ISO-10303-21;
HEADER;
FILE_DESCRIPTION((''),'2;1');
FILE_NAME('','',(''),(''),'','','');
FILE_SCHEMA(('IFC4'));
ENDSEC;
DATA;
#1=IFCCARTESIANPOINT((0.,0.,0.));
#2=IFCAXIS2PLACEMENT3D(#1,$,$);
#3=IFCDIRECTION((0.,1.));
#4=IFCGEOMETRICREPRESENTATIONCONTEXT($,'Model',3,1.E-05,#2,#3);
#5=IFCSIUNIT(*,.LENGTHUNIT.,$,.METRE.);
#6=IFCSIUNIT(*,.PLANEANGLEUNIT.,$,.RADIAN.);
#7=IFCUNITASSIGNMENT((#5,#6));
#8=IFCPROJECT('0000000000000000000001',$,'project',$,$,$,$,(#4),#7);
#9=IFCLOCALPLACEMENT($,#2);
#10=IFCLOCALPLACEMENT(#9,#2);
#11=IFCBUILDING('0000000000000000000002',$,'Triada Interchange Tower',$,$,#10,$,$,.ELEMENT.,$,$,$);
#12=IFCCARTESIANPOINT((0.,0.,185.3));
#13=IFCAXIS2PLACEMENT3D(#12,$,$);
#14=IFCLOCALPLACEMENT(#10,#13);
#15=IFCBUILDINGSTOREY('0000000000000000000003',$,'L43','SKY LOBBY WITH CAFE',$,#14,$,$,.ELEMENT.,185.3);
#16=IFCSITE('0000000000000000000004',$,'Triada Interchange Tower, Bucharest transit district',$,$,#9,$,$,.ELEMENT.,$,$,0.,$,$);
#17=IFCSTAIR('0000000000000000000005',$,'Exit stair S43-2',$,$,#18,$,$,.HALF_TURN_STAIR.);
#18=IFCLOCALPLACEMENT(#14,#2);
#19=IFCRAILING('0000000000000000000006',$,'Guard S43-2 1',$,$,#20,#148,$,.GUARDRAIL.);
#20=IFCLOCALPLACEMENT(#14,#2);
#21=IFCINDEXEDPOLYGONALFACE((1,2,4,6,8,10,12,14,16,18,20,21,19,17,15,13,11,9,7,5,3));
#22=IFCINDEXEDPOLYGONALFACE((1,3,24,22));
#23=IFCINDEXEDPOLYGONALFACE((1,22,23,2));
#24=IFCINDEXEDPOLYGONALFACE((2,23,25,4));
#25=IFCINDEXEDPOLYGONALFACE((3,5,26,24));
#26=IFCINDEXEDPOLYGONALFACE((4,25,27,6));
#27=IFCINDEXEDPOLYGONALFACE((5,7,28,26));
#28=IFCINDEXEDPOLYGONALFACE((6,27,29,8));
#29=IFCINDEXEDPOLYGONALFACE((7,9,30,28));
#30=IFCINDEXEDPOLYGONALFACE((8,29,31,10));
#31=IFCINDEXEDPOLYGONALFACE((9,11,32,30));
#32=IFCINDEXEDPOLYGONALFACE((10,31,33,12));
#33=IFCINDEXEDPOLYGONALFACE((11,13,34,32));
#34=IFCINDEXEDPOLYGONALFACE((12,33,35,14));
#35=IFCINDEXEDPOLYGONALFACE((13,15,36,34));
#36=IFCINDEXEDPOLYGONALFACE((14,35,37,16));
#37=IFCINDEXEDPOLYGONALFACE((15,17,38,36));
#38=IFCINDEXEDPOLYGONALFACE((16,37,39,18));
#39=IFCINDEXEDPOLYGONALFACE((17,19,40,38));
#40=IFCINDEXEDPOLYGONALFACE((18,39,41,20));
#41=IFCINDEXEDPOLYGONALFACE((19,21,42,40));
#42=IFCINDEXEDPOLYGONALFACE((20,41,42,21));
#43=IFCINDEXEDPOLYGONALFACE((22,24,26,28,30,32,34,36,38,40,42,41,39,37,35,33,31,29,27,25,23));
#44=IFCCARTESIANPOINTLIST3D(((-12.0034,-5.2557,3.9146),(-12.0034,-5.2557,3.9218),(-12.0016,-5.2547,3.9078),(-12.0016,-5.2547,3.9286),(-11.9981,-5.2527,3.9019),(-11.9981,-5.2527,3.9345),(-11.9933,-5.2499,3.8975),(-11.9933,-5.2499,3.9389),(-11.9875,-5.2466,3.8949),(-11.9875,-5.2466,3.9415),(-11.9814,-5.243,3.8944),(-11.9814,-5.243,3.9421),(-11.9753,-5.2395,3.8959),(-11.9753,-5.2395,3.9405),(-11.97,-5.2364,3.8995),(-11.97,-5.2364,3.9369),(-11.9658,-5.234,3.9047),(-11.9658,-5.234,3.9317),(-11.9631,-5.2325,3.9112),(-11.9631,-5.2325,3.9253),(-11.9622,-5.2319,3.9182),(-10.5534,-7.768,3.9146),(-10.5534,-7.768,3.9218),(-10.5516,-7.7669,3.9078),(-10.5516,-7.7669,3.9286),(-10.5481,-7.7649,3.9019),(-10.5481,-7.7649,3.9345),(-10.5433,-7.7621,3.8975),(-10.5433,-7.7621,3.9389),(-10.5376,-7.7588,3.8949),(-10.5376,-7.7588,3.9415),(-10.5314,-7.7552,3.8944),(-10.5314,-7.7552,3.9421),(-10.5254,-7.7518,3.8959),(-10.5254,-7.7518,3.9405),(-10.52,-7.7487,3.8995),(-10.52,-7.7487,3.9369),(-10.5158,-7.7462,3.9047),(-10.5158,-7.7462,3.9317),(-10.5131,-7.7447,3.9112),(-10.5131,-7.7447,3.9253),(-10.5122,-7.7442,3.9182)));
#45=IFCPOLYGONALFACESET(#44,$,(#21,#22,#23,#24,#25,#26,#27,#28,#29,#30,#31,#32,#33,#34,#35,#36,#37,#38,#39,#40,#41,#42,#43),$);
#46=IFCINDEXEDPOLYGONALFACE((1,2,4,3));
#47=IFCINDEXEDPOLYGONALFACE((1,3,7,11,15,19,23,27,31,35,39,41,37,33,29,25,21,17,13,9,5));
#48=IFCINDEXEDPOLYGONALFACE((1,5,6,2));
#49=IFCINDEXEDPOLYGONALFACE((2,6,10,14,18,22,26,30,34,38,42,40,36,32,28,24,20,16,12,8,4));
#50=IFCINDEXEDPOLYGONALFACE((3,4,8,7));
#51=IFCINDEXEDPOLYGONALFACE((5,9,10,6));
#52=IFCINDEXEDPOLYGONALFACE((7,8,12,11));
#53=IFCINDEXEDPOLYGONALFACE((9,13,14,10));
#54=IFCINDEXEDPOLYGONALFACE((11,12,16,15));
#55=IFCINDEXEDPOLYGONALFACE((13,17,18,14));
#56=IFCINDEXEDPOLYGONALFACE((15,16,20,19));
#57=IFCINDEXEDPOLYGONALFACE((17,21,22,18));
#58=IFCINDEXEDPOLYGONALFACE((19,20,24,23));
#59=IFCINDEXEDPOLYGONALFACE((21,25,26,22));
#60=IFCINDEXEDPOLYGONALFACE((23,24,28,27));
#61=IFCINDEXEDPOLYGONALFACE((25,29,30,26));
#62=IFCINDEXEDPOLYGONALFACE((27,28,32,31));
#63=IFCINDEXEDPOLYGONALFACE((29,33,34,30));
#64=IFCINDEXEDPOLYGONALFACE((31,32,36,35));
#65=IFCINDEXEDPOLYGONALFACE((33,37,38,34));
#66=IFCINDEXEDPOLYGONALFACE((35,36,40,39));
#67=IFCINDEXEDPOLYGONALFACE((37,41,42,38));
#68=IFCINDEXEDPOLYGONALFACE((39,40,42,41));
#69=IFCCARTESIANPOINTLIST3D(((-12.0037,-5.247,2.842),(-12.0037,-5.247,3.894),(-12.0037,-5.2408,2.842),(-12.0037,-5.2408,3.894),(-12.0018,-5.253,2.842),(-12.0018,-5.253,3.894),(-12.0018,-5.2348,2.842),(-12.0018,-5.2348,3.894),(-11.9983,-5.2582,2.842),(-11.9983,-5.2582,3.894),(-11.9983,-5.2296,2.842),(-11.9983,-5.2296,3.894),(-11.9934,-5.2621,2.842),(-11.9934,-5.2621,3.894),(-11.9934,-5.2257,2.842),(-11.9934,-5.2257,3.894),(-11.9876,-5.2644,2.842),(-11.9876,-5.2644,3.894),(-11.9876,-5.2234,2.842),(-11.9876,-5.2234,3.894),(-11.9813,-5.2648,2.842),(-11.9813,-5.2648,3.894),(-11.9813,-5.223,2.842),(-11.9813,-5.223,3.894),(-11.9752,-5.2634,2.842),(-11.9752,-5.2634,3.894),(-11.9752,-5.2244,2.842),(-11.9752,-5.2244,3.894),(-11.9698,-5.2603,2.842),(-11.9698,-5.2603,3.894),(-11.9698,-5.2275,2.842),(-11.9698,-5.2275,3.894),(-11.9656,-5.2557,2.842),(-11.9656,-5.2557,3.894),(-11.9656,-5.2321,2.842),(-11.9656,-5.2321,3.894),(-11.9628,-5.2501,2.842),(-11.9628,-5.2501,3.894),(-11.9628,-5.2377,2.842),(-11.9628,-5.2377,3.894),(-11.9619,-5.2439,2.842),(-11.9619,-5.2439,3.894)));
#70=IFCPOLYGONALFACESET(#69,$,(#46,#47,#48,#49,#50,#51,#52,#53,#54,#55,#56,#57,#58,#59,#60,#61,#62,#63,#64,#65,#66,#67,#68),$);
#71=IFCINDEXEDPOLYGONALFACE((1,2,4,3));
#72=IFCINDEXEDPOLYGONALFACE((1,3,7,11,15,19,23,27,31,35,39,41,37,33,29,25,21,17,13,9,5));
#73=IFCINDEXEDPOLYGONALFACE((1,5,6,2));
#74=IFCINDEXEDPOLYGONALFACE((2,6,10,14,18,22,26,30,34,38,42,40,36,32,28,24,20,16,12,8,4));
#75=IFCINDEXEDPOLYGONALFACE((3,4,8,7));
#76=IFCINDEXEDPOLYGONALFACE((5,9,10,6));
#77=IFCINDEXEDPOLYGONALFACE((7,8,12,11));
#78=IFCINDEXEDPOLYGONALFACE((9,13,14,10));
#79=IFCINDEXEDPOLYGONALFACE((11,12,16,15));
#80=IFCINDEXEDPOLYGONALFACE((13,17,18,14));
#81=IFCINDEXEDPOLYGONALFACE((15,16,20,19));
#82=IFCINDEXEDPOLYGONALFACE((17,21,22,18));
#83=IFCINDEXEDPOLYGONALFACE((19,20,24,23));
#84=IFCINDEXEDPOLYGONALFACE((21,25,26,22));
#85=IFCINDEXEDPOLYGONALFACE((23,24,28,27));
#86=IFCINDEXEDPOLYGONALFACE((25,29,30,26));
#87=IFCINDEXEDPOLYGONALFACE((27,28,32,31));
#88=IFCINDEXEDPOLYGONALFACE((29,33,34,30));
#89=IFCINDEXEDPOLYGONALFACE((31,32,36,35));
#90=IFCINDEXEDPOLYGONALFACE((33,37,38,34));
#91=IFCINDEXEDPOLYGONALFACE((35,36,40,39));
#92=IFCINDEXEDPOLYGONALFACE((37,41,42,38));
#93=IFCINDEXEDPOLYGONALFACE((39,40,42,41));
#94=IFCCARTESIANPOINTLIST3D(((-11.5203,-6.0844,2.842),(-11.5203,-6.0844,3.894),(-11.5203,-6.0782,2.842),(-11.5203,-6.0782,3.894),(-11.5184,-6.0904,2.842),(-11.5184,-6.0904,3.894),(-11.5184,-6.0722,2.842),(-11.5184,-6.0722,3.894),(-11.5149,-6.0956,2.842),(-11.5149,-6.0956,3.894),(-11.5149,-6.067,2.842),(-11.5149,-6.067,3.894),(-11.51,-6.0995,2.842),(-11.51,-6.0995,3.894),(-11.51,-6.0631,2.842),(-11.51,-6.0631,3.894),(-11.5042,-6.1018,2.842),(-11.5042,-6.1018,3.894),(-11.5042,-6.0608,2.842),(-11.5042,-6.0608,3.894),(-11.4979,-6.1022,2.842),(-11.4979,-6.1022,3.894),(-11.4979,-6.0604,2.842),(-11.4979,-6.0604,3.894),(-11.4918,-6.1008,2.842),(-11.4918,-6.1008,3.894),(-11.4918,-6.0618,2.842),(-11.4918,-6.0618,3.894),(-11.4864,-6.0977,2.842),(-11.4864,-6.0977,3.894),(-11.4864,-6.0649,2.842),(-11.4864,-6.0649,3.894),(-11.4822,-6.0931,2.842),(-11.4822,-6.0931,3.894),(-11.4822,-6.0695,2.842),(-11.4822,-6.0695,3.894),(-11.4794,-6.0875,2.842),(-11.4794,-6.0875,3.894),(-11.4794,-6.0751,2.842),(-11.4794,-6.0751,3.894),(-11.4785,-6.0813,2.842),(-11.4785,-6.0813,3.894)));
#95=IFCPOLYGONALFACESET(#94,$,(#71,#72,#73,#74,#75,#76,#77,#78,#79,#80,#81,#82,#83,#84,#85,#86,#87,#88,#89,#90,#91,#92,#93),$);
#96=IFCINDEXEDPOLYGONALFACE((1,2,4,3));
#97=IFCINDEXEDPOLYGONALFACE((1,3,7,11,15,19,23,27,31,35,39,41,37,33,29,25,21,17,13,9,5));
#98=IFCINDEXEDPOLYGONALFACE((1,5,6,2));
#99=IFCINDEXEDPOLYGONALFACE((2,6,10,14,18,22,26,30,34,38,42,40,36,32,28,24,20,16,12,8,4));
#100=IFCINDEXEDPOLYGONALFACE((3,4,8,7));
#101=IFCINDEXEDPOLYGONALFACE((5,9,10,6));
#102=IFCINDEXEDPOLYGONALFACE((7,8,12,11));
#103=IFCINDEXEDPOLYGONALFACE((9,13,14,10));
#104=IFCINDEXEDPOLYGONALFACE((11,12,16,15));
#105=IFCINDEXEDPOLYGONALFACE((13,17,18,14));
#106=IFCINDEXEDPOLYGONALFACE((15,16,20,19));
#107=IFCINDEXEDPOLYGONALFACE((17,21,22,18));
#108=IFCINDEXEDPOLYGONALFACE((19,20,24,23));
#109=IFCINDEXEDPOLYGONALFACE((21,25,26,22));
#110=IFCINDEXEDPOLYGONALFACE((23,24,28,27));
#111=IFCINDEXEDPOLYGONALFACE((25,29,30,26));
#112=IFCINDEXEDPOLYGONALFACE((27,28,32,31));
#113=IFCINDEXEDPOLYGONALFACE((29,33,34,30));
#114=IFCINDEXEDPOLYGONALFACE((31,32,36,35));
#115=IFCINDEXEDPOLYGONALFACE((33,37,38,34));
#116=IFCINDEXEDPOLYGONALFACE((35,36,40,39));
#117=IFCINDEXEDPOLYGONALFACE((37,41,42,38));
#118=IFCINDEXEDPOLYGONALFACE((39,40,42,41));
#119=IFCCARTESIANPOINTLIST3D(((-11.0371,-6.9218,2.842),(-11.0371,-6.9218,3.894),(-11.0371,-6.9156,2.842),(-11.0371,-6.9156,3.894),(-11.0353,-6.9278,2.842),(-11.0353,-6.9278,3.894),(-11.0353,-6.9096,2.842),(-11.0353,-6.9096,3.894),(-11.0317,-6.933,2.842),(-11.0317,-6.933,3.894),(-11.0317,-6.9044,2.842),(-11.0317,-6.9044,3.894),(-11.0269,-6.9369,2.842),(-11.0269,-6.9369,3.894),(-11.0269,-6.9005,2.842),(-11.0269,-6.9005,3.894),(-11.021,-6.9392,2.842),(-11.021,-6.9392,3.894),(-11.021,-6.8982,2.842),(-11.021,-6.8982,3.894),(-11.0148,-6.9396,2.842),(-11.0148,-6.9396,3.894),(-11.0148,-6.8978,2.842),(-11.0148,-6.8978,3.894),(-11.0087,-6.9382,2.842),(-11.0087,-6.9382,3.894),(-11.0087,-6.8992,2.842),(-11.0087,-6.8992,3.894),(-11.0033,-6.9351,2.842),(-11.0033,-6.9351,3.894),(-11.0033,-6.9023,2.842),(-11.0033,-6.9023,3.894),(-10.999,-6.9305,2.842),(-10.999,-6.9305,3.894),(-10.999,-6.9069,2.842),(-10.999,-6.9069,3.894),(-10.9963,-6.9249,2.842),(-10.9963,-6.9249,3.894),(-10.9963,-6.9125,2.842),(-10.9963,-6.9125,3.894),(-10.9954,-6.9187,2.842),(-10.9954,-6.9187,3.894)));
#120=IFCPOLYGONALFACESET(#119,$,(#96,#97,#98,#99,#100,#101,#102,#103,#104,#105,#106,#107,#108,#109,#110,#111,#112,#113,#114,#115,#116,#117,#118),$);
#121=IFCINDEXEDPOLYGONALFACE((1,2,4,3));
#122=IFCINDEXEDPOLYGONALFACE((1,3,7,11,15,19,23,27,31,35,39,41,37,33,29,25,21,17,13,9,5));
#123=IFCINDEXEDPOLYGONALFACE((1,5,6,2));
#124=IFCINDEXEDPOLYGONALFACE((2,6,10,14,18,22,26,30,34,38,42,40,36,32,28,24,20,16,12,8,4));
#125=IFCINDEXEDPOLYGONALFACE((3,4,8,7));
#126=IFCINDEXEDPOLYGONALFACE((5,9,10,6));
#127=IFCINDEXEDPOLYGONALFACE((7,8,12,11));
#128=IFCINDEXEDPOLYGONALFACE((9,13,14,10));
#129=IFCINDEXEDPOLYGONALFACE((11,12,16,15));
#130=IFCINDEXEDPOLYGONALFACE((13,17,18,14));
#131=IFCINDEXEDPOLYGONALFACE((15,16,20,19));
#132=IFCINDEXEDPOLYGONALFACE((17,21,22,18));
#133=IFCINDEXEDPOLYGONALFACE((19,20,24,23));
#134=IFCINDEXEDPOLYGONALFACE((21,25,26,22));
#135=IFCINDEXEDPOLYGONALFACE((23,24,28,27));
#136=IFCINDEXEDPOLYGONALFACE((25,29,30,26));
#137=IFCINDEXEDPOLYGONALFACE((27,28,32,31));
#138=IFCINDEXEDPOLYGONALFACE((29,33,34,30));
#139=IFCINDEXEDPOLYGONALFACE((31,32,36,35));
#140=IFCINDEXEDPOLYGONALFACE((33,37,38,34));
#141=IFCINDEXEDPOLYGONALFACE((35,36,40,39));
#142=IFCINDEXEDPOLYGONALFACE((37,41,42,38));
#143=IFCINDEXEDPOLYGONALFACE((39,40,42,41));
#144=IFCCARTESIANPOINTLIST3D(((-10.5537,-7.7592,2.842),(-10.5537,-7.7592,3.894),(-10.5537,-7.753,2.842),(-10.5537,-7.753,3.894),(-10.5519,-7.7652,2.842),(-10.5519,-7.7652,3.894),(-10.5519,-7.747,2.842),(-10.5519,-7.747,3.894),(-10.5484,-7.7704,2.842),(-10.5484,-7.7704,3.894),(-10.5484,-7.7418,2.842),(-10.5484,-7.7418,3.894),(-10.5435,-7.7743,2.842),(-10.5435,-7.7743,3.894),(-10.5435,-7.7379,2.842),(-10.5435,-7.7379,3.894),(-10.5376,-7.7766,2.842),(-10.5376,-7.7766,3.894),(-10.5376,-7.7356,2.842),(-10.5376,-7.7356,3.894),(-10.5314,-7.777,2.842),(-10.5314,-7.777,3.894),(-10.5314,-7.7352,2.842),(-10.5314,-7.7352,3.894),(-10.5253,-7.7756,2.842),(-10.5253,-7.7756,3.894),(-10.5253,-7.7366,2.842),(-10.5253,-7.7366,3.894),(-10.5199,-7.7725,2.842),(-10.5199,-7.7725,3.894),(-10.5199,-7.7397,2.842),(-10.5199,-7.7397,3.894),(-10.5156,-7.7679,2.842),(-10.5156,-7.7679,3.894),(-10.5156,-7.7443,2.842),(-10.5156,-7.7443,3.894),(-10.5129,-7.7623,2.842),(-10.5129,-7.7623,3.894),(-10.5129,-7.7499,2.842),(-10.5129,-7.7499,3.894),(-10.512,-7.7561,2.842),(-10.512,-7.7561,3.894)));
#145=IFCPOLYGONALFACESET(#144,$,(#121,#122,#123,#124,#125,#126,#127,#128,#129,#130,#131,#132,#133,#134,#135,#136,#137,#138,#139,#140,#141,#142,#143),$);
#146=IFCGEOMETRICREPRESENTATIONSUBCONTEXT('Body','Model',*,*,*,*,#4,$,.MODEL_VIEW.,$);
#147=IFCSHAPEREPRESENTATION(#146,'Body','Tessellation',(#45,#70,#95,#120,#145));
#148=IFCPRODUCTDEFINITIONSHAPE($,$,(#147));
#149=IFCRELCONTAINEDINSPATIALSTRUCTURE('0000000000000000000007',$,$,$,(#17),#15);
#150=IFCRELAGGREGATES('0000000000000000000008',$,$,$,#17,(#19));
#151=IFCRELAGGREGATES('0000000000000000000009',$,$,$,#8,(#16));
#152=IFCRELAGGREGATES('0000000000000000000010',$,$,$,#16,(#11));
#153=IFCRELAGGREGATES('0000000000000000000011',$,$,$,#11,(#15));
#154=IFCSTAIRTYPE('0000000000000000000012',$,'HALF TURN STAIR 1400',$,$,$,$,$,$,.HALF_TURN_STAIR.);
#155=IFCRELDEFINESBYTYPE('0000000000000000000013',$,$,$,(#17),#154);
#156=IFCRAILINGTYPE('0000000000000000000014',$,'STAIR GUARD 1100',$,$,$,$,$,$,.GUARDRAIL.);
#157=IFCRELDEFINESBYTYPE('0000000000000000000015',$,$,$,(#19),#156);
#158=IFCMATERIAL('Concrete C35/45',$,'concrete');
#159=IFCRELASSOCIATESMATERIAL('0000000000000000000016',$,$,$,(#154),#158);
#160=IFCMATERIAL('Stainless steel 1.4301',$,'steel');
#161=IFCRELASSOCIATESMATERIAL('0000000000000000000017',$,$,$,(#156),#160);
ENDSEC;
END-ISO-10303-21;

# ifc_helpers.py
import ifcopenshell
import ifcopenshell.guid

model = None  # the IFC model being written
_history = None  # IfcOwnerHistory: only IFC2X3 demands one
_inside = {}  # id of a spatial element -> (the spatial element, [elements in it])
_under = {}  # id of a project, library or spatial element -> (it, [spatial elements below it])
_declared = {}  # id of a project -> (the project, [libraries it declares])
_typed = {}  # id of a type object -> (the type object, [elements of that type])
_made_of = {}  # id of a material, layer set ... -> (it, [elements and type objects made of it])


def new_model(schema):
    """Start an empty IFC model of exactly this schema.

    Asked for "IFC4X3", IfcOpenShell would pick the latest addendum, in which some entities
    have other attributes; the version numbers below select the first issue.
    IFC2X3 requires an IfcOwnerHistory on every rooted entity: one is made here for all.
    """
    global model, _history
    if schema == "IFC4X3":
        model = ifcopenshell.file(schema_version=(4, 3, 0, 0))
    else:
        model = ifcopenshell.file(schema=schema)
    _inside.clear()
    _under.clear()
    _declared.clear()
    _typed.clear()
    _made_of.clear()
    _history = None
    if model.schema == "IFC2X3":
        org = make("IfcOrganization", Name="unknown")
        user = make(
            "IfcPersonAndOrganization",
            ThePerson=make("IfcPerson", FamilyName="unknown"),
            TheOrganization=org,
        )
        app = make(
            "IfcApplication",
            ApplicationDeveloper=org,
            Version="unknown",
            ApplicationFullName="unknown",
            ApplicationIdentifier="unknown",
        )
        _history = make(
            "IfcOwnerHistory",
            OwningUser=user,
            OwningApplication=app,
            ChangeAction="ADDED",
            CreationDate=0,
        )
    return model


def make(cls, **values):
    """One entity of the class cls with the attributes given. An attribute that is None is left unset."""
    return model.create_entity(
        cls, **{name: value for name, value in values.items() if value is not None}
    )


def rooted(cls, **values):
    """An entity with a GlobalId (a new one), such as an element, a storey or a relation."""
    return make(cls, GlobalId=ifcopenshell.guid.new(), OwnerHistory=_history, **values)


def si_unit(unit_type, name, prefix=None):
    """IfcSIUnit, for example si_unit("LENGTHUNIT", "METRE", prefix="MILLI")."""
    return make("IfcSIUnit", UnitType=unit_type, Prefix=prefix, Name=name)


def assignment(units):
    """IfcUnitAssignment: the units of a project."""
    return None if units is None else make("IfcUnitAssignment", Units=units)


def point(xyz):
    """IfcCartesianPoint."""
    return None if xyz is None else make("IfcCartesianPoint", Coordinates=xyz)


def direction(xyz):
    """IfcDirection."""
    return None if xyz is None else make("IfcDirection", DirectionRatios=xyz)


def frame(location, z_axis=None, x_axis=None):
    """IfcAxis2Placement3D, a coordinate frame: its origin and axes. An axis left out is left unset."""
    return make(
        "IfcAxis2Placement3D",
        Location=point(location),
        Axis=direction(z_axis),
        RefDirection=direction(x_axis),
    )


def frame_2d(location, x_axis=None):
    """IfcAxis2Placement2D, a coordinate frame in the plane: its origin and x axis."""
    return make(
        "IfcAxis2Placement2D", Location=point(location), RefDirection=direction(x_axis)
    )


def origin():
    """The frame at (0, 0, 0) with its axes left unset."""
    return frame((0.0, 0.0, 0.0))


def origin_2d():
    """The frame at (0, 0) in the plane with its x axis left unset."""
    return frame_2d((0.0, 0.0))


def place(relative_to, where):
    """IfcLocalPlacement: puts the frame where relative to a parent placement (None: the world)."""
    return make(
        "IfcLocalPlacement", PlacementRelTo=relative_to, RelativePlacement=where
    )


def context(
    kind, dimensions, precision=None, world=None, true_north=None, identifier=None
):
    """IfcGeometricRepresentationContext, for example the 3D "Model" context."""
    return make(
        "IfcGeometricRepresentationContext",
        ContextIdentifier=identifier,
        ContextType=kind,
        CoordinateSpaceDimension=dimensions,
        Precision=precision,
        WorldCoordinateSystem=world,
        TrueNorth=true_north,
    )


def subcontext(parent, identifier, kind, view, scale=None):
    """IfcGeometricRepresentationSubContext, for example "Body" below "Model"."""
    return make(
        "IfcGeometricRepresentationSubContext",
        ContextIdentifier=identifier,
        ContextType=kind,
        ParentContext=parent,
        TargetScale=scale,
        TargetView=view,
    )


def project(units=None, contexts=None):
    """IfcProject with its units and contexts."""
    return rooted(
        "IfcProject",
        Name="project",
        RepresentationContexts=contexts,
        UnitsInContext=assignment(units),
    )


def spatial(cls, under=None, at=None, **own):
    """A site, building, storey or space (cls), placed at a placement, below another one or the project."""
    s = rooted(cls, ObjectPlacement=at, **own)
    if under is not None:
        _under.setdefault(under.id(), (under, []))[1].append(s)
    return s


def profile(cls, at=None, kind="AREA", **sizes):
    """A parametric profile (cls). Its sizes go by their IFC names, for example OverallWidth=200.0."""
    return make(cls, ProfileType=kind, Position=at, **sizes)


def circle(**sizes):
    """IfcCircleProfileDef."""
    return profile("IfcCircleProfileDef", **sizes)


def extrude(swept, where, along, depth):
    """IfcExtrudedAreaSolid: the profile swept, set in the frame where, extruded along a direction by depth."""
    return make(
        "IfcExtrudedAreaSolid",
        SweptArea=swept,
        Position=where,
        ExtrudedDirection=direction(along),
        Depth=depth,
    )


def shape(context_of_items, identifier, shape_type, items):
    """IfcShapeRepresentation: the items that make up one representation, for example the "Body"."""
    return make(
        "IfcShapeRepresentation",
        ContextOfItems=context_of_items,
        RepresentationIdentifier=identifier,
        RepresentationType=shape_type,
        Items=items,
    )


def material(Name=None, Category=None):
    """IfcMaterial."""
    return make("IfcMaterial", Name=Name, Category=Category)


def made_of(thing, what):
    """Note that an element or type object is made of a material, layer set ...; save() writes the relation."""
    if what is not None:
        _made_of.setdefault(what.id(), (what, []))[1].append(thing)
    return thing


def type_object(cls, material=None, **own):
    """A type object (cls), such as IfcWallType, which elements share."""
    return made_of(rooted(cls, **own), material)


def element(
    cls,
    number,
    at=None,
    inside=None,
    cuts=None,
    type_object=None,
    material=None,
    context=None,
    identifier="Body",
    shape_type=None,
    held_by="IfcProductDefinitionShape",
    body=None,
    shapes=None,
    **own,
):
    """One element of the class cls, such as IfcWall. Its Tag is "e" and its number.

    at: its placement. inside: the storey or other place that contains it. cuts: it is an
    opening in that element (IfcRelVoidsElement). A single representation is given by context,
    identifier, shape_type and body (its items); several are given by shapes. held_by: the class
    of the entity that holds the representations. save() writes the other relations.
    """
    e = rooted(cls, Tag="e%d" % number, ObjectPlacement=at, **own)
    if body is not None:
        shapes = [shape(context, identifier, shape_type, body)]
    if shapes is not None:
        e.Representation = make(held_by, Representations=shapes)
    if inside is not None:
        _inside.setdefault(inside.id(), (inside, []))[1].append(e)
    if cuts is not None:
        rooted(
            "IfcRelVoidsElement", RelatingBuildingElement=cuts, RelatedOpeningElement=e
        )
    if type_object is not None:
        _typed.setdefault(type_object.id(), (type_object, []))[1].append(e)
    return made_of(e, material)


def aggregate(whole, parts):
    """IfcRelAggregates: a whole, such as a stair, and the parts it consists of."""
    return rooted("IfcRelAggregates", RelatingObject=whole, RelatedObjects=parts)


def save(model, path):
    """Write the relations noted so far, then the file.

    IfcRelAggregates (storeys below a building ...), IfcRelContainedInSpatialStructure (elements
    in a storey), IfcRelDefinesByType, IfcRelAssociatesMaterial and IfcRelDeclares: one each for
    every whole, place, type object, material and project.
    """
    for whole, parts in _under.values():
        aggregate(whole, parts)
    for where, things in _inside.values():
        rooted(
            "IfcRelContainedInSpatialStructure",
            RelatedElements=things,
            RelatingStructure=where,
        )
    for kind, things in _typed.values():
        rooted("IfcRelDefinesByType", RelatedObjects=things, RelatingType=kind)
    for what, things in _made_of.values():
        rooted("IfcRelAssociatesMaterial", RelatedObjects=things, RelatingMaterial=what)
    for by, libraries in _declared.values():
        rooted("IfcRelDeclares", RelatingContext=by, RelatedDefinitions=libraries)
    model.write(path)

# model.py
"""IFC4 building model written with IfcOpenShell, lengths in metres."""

from ifc_helpers import new_model, si_unit, direction, frame, origin, origin_2d, place, context, subcontext, project, spatial, circle, extrude, material, type_object, element, aggregate, save


model = new_model("IFC4")

# Units and contexts
model_context = context("Model", 3, precision=1e-05, world=origin(), true_north=direction((0.0, 1.0)))
body_context = subcontext(model_context, "Body", "Model", "MODEL_VIEW")
ifc_project = project(units=[si_unit("LENGTHUNIT", "METRE"), si_unit("PLANEANGLEUNIT", "RADIAN")], contexts=[model_context])

# Site, building, storey
site_placement = place(None, origin())
site = spatial("IfcSite", under=ifc_project, at=site_placement, Name="Triada Interchange Tower, Bucharest transit district", CompositionType="ELEMENT", RefElevation=0.0)
building_placement = place(site_placement, origin())
building = spatial("IfcBuilding", under=site, at=building_placement, Name="Triada Interchange Tower", CompositionType="ELEMENT")
storey_placement = place(building_placement, frame((0.0, 0.0, 185.3)))
storey = spatial("IfcBuildingStorey", under=building, at=storey_placement, Name="L43", Description="SKY LOBBY WITH CAFE", CompositionType="ELEMENT", Elevation=185.3)

# Shared definitions
ifc_material_1 = material(Name="Concrete C35/45", Category="concrete")

# Stair, railing
stair_type = type_object("IfcStairType", Name="HALF TURN STAIR 1400", PredefinedType="HALF_TURN_STAIR", material=ifc_material_1)
stair_placement = place(storey_placement, origin())
stair = element("IfcStair", 1, at=stair_placement, inside=storey, type_object=stair_type, Name="Exit stair S43-2", PredefinedType="HALF_TURN_STAIR")
ifc_material_2 = material(Name="Stainless steel 1.4301", Category="steel")
railing_type_1 = type_object("IfcRailingType", Name="STAIR GUARD 1100", PredefinedType="GUARDRAIL", material=ifc_material_2)
railing_1_placement = place(storey_placement, frame((-11.9829, -5.2439, 2.842)))
railing_1 = element("IfcRailing", 2, at=railing_1_placement, type_object=railing_type_1, Name="Guard S43-2 1", PredefinedType="GUARDRAIL", context=body_context, shape_type="SweptSolid", body=[
    extrude(circle(Radius=0.0239, at=origin_2d()), frame((0.0, 0.0, 1.0762), z_axis=(0.499878, -0.866096, 0.0), x_axis=(0.866096, 0.499878, 0.0)), (0.0, 0.0, 1.0), 2.9006),
    extrude(circle(Radius=0.021, at=origin_2d()), origin(), (0.0, 0.0, 1.0), 1.052),
    extrude(circle(Radius=0.021, at=origin_2d()), frame((0.4834, -0.8374, 0.0)), (0.0, 0.0, 1.0), 1.052),
    extrude(circle(Radius=0.021, at=origin_2d()), frame((0.9666, -1.6748, 0.0)), (0.0, 0.0, 1.0), 1.052),
    extrude(circle(Radius=0.021, at=origin_2d()), frame((1.45, -2.5122, 0.0)), (0.0, 0.0, 1.0), 1.052),
])
aggregate(stair, [railing_1])

save(model, "model.ifc")
